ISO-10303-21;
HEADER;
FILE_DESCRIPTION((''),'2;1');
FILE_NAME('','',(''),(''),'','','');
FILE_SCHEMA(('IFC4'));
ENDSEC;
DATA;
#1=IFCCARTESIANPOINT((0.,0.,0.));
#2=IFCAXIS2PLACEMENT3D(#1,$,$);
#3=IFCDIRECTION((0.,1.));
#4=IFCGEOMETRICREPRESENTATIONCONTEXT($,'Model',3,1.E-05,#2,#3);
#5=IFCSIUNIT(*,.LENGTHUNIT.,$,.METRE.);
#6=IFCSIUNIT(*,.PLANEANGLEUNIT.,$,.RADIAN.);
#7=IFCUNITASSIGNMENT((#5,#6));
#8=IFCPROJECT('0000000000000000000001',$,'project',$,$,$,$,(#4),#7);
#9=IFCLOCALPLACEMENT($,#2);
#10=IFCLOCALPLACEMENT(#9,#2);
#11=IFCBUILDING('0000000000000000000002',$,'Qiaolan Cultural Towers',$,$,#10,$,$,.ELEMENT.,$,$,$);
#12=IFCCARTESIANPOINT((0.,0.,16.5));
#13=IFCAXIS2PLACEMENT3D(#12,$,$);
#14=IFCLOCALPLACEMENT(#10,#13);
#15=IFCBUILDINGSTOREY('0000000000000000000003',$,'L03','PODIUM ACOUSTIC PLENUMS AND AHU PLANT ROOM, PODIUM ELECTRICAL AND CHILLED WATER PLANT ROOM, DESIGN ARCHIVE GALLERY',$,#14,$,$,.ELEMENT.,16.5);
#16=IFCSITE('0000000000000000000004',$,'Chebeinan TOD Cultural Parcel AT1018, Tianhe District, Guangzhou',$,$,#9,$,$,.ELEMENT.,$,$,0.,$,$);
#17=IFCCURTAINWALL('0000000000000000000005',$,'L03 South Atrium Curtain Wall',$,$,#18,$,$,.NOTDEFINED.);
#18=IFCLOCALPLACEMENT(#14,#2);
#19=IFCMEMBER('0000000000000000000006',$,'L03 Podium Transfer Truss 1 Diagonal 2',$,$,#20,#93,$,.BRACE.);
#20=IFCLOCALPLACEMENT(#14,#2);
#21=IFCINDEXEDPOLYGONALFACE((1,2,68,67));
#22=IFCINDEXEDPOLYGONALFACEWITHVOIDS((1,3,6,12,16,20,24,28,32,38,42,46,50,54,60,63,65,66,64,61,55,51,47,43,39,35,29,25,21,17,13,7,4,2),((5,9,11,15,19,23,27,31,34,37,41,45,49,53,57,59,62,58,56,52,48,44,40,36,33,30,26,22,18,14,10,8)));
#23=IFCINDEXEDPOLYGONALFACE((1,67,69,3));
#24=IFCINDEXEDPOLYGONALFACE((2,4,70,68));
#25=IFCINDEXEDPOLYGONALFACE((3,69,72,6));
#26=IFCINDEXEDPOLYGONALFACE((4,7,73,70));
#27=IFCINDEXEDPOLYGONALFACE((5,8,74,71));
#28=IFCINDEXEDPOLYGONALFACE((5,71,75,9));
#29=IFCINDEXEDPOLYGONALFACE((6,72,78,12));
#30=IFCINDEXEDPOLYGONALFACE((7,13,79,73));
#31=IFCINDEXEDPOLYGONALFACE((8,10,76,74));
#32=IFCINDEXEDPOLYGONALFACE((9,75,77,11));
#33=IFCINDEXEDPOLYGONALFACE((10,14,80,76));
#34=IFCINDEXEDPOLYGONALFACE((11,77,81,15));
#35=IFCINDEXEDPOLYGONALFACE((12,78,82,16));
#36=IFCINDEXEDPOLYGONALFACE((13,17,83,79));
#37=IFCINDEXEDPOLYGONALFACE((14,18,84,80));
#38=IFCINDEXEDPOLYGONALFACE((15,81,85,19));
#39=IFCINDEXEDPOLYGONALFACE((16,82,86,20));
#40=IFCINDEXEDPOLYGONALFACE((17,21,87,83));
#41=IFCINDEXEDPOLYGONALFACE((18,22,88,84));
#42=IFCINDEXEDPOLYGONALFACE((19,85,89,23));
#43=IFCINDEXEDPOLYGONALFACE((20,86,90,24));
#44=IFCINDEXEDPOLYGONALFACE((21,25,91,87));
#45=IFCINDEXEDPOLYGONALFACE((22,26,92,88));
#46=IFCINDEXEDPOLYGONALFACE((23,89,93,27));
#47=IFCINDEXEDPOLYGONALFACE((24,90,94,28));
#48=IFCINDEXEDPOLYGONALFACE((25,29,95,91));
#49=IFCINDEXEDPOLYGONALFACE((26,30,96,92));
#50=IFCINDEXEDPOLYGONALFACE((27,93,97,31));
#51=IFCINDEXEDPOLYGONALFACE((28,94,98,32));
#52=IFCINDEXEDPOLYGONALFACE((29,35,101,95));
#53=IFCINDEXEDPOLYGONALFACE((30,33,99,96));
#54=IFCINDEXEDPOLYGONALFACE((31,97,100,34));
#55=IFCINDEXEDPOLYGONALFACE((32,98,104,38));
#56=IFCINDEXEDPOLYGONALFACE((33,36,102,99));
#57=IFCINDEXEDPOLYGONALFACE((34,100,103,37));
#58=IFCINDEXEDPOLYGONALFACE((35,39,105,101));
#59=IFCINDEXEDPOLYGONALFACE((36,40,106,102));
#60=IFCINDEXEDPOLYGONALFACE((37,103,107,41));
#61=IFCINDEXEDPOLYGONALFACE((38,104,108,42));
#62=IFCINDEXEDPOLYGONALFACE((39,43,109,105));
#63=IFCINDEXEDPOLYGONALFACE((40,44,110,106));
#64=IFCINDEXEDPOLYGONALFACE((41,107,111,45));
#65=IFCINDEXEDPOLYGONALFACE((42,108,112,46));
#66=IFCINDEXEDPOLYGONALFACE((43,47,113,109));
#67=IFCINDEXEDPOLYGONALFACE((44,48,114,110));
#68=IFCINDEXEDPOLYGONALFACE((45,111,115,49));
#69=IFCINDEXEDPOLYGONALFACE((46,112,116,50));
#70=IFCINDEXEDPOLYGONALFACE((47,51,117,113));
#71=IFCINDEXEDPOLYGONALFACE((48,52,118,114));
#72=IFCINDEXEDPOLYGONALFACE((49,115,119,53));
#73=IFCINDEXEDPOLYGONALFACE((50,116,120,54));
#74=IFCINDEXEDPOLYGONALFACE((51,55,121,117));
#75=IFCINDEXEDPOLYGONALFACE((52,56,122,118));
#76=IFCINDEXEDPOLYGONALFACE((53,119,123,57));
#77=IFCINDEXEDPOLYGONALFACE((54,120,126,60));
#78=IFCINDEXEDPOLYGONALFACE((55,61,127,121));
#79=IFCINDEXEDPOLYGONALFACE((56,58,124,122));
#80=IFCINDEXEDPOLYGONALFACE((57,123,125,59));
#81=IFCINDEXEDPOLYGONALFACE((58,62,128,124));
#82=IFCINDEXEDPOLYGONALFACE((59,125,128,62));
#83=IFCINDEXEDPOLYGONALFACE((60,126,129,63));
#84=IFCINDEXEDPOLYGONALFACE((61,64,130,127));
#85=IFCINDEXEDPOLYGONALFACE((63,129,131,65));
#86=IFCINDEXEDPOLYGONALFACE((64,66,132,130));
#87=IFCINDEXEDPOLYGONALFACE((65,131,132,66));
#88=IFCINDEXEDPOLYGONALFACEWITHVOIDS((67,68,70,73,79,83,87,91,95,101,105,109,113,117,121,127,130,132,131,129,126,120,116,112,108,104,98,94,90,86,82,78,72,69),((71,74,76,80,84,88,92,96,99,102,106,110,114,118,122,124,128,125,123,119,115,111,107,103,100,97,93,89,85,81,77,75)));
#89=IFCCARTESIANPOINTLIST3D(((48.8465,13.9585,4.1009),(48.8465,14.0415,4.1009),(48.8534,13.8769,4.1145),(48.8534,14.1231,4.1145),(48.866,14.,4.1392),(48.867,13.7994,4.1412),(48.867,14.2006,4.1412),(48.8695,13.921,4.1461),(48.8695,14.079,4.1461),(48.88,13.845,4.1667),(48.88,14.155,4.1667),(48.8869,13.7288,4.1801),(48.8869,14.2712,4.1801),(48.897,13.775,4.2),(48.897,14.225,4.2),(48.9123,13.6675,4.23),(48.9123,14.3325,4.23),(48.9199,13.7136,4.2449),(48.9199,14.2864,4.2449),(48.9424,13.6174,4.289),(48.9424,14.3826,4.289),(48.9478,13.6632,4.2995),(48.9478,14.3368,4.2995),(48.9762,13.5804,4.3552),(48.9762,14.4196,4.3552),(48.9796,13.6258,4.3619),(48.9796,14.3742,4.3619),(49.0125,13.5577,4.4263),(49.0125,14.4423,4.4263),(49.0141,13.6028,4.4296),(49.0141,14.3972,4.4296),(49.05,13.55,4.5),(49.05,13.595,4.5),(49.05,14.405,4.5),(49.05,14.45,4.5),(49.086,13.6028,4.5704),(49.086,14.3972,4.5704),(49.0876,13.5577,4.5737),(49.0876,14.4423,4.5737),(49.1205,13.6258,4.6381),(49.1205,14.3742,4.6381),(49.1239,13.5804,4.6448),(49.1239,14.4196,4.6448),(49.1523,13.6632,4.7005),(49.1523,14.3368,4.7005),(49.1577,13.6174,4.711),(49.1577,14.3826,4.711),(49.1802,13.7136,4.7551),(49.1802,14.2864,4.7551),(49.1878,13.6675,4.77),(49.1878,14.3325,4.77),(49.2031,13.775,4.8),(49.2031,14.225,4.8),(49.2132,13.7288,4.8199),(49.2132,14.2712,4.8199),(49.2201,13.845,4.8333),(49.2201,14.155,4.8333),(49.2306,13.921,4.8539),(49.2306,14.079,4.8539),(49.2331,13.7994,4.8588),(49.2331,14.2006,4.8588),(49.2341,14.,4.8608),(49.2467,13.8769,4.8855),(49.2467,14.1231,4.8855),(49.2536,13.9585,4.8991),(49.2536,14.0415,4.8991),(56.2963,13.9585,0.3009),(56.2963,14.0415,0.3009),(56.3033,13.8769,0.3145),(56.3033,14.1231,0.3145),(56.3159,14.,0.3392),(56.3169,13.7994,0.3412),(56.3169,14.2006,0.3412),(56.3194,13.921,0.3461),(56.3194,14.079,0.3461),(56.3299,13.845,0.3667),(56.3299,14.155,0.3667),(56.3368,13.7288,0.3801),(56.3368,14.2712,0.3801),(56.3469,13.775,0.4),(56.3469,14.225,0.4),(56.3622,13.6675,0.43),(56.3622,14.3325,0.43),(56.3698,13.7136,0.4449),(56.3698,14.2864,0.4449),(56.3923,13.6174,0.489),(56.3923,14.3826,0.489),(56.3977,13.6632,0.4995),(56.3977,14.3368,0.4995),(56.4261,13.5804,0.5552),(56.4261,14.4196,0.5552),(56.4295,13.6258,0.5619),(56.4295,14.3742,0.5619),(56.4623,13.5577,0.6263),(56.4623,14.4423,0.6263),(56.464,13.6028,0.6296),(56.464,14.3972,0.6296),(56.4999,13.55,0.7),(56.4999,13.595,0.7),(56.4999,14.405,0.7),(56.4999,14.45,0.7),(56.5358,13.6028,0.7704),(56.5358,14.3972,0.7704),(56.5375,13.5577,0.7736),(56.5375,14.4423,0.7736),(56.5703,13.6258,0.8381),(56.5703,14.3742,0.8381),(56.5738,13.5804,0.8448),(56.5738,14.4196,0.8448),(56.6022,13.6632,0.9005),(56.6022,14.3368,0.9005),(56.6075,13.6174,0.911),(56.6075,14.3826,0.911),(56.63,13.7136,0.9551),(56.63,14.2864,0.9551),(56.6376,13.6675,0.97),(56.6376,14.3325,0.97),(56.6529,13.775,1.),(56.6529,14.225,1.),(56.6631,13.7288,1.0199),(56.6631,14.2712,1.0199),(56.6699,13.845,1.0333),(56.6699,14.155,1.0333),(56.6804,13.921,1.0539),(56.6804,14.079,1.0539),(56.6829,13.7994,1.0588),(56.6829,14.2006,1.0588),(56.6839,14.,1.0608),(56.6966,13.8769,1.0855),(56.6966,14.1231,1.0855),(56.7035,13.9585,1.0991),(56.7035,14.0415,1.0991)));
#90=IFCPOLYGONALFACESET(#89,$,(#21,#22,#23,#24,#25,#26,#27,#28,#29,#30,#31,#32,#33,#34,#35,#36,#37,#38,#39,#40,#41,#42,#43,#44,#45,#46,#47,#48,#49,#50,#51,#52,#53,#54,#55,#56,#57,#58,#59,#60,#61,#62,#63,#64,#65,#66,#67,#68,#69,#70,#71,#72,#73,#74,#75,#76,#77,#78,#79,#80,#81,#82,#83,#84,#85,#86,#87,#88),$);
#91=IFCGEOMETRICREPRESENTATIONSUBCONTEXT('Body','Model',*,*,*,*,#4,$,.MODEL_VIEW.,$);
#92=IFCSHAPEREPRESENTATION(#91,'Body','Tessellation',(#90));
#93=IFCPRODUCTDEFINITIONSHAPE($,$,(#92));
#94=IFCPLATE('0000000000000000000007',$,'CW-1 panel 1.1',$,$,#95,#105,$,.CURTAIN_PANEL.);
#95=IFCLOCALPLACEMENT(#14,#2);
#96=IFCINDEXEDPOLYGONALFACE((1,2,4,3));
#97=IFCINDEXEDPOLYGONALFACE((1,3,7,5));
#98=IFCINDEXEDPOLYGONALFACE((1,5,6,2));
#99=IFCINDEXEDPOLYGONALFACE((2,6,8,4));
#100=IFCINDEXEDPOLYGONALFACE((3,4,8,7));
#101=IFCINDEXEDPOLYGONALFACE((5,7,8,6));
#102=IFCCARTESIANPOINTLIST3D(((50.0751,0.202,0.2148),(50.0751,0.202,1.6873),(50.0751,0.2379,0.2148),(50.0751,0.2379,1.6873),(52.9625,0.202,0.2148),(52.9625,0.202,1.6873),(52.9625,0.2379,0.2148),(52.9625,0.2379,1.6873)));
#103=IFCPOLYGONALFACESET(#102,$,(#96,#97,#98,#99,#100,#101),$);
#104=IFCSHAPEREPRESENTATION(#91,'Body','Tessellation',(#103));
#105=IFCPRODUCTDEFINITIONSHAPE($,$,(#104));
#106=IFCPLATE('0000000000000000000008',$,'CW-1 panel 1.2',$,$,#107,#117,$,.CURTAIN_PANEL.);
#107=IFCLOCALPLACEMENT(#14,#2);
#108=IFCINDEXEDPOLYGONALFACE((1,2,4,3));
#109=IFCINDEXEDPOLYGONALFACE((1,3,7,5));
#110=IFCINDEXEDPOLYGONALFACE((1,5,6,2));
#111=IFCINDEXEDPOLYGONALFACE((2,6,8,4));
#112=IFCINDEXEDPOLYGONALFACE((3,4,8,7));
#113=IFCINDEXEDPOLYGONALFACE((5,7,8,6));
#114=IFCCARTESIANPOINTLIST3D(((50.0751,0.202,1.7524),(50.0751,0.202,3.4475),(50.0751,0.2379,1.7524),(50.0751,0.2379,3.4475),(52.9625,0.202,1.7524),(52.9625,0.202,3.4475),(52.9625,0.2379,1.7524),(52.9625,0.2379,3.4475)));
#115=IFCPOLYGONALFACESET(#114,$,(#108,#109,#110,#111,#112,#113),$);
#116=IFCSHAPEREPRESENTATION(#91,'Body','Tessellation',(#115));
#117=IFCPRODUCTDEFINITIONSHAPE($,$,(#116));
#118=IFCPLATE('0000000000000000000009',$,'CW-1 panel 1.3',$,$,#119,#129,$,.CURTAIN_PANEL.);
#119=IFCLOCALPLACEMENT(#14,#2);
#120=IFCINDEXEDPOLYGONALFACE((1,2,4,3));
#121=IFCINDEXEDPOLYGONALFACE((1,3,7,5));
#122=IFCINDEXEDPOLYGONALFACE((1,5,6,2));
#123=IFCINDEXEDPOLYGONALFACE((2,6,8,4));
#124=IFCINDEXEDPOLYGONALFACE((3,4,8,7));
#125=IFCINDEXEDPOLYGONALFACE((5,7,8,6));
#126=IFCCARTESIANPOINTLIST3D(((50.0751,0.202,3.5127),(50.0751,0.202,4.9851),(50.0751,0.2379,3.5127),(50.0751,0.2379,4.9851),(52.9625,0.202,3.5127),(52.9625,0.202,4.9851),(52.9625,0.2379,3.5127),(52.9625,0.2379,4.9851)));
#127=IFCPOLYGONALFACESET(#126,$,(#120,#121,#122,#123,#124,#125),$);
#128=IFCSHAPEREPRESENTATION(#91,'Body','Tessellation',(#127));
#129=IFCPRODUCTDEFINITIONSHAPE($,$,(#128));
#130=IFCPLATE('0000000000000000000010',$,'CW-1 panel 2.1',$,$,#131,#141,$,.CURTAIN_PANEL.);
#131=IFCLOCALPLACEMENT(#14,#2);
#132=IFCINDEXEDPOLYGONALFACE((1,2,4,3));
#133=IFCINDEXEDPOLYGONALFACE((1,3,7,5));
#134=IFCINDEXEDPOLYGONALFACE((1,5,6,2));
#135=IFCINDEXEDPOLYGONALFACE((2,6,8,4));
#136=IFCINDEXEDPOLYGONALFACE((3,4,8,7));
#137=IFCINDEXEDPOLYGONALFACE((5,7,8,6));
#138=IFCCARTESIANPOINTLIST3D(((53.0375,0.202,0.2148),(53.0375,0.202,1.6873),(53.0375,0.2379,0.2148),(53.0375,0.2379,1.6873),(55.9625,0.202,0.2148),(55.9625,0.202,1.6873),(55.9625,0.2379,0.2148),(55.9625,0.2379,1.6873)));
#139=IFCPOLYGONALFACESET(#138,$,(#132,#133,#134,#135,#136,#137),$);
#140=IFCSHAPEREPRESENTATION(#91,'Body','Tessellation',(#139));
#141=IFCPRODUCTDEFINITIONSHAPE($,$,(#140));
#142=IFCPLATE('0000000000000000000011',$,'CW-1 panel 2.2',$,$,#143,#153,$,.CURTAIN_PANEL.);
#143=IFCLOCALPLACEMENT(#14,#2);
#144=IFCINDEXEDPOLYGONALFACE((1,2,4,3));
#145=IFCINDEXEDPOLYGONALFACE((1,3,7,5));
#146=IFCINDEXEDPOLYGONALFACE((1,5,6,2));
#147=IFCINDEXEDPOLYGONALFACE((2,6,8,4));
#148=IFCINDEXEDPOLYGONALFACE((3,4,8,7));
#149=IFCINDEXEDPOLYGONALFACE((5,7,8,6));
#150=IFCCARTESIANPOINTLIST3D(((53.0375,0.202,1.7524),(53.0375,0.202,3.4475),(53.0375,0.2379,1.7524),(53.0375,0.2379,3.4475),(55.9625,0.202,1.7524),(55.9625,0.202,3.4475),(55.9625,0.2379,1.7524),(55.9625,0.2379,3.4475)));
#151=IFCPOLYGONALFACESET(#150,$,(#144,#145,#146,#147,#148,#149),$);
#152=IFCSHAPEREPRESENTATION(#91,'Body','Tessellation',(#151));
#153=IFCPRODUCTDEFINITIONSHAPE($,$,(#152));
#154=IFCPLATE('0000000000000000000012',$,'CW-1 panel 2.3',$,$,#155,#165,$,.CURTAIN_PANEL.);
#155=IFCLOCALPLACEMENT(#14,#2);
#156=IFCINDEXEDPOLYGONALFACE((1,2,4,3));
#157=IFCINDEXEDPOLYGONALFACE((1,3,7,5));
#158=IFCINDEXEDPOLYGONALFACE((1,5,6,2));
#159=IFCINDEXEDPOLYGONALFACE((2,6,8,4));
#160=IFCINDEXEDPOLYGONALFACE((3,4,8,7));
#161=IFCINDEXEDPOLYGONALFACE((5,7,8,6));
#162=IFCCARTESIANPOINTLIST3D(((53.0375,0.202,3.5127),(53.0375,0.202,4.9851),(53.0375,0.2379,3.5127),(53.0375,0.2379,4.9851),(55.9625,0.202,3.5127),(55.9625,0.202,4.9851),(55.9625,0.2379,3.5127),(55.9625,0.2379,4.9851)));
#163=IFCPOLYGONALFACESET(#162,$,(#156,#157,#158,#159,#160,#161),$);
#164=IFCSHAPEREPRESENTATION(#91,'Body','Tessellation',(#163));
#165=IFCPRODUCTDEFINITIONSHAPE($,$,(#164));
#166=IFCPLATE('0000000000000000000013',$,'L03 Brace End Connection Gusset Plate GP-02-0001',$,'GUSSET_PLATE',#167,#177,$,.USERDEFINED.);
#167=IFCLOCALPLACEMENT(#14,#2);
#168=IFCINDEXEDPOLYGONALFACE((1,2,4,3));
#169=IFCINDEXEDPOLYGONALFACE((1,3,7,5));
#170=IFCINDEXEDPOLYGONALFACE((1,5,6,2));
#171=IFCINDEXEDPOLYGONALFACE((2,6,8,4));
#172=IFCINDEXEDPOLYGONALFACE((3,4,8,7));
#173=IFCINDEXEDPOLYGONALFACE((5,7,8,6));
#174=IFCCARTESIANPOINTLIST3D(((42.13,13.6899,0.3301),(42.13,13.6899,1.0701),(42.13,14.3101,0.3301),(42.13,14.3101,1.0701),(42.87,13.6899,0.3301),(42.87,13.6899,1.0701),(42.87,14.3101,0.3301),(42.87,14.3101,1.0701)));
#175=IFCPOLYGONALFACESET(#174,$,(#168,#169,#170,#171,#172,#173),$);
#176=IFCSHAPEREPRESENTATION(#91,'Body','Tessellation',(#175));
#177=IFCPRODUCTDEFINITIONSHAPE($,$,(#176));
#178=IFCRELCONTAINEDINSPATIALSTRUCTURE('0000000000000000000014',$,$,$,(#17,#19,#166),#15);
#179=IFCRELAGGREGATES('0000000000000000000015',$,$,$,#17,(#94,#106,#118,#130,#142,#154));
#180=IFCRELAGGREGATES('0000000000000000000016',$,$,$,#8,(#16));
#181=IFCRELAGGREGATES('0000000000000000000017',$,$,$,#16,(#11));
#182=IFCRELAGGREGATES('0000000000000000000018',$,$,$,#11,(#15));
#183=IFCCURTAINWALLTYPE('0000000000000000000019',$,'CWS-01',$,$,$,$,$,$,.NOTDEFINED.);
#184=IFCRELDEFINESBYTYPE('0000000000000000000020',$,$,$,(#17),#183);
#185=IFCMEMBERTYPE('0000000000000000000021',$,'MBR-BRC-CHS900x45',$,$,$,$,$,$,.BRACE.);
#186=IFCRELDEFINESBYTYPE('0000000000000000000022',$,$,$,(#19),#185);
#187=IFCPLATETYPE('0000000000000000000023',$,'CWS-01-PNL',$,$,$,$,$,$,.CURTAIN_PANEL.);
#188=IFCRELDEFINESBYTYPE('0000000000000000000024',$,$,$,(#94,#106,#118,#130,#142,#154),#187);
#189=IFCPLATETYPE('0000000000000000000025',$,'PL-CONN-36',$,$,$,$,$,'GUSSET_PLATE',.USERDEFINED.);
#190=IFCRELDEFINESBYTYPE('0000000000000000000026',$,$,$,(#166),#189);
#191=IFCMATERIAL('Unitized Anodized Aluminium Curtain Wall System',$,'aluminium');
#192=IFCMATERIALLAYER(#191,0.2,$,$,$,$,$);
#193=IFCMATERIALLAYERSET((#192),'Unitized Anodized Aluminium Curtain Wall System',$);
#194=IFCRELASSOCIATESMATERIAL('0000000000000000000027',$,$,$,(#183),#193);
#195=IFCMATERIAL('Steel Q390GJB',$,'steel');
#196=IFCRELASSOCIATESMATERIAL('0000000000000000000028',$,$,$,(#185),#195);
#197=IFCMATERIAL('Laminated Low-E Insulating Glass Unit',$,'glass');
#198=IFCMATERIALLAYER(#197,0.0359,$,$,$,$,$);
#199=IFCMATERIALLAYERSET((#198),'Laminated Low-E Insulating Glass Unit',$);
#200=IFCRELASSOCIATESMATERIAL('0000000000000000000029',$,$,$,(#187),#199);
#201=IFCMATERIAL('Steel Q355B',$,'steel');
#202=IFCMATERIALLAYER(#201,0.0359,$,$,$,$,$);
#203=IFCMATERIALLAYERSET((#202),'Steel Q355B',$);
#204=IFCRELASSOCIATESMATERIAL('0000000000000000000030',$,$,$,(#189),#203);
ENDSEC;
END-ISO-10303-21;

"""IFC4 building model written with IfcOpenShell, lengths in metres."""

from ifc_helpers import new_model, si_unit, direction, frame, origin, origin_2d, place, context, subcontext, project, spatial, rectangle, hollow_circle, extrude, material, layer, layer_set, material_profile, profile_set, type_object, element, aggregate, save


model = new_model("IFC4")

# Units and contexts
model_context = context("Model", 3, precision=1e-05, world=origin(), true_north=direction((0.0, 1.0)))
body_context = subcontext(model_context, "Body", "Model", "MODEL_VIEW")
ifc_project = project(units=[si_unit("LENGTHUNIT", "METRE"), si_unit("PLANEANGLEUNIT", "RADIAN")], contexts=[model_context])

# Site, building, storey
site_placement = place(None, origin())
site = spatial("IfcSite", under=ifc_project, at=site_placement, Name="Chebeinan TOD Cultural Parcel AT1018, Tianhe District, Guangzhou", CompositionType="ELEMENT", RefElevation=0.0)
building_placement = place(site_placement, origin())
building = spatial("IfcBuilding", under=site, at=building_placement, Name="Qiaolan Cultural Towers", CompositionType="ELEMENT")
storey_placement = place(building_placement, frame((0.0, 0.0, 16.5)))
storey = spatial("IfcBuildingStorey", under=building, at=storey_placement, Name="L03", Description="PODIUM ACOUSTIC PLENUMS AND AHU PLANT ROOM, PODIUM ELECTRICAL AND CHILLED WATER PLANT ROOM, DESIGN ARCHIVE GALLERY", CompositionType="ELEMENT", Elevation=16.5)

# Curtain wall
ifc_material_1 = material(Name="Unitized Anodized Aluminium Curtain Wall System", Category="aluminium")
ifc_layer_1 = layer(ifc_material_1, 0.2)
ifc_layer_set_1 = layer_set([ifc_layer_1], Name="Unitized Anodized Aluminium Curtain Wall System")
curtain_wall_type = type_object("IfcCurtainWallType", Name="CWS-01", PredefinedType="NOTDEFINED", material=ifc_layer_set_1)
curtain_wall_placement = place(storey_placement, origin())
curtain_wall = element("IfcCurtainWall", 1, at=curtain_wall_placement, inside=storey, type_object=curtain_wall_type, Name="L03 South Atrium Curtain Wall", PredefinedType="NOTDEFINED")

# Member
ifc_material_2 = material(Name="Steel Q390GJB", Category="steel")
ifc_material_profile_1 = material_profile(ifc_material_2, hollow_circle(Radius=0.45, WallThickness=0.0449, at=origin_2d()), Name="CHS900x45")
ifc_profile_set_1 = profile_set([ifc_material_profile_1], Name="Steel Q390GJB")
member_type_1 = type_object("IfcMemberType", Name="MBR-BRC-CHS900x45", PredefinedType="BRACE", material=ifc_profile_set_1)
member_1_placement = place(storey_placement, frame((49.05, 14.0, 4.5), z_axis=(0.890808, 0.0, -0.454381), x_axis=(0.0, 1.0, 0.0)))
element("IfcMember", 2, at=member_1_placement, inside=storey, type_object=member_type_1, Name="L03 Podium Transfer Truss 1 Diagonal 2", PredefinedType="BRACE", context=body_context, shape_type="SweptSolid", body=[
    extrude(hollow_circle(Radius=0.45, WallThickness=0.0449, at=origin_2d()), origin(), (0.0, 0.0, 1.0), 8.363),
])

# Plates
ifc_material_3 = material(Name="Laminated Low-E Insulating Glass Unit", Category="glass")
ifc_layer_2 = layer(ifc_material_3, 0.0359)
ifc_layer_set_2 = layer_set([ifc_layer_2], Name="Laminated Low-E Insulating Glass Unit")
plate_type_1 = type_object("IfcPlateType", Name="CWS-01-PNL", PredefinedType="CURTAIN_PANEL", material=ifc_layer_set_2)
plate_1_placement = place(storey_placement, frame((51.5188, 0.22, 0.2148), z_axis=(0.0, 0.0, 1.0), x_axis=(1.0, 0.0, 0.0)))
plate_1 = element("IfcPlate", 3, at=plate_1_placement, type_object=plate_type_1, Name="CW-1 panel 1.1", PredefinedType="CURTAIN_PANEL", context=body_context, shape_type="SweptSolid", body=[
    extrude(rectangle(XDim=2.8875, YDim=0.0359, at=origin_2d()), origin(), (0.0, 0.0, 1.0), 1.4724),
])
plate_2_placement = place(storey_placement, frame((51.5188, 0.22, 1.7524), z_axis=(0.0, 0.0, 1.0), x_axis=(1.0, 0.0, 0.0)))
plate_2 = element("IfcPlate", 4, at=plate_2_placement, type_object=plate_type_1, Name="CW-1 panel 1.2", PredefinedType="CURTAIN_PANEL", context=body_context, shape_type="SweptSolid", body=[
    extrude(rectangle(XDim=2.8875, YDim=0.0359, at=origin_2d()), origin(), (0.0, 0.0, 1.0), 1.6951),
])
plate_3_placement = place(storey_placement, frame((51.5188, 0.22, 3.5127), z_axis=(0.0, 0.0, 1.0), x_axis=(1.0, 0.0, 0.0)))
plate_3 = element("IfcPlate", 5, at=plate_3_placement, type_object=plate_type_1, Name="CW-1 panel 1.3", PredefinedType="CURTAIN_PANEL", context=body_context, shape_type="SweptSolid", body=[
    extrude(rectangle(XDim=2.8875, YDim=0.0359, at=origin_2d()), origin(), (0.0, 0.0, 1.0), 1.4724),
])
plate_4_placement = place(storey_placement, frame((54.5, 0.22, 0.2148), z_axis=(0.0, 0.0, 1.0), x_axis=(1.0, 0.0, 0.0)))
plate_4 = element("IfcPlate", 6, at=plate_4_placement, type_object=plate_type_1, Name="CW-1 panel 2.1", PredefinedType="CURTAIN_PANEL", context=body_context, shape_type="SweptSolid", body=[
    extrude(rectangle(XDim=2.925, YDim=0.0359, at=origin_2d()), origin(), (0.0, 0.0, 1.0), 1.4724),
])
plate_5_placement = place(storey_placement, frame((54.5, 0.22, 1.7524), z_axis=(0.0, 0.0, 1.0), x_axis=(1.0, 0.0, 0.0)))
plate_5 = element("IfcPlate", 7, at=plate_5_placement, type_object=plate_type_1, Name="CW-1 panel 2.2", PredefinedType="CURTAIN_PANEL", context=body_context, shape_type="SweptSolid", body=[
    extrude(rectangle(XDim=2.925, YDim=0.0359, at=origin_2d()), origin(), (0.0, 0.0, 1.0), 1.6951),
])
plate_6_placement = place(storey_placement, frame((54.5, 0.22, 3.5127), z_axis=(0.0, 0.0, 1.0), x_axis=(1.0, 0.0, 0.0)))
plate_6 = element("IfcPlate", 8, at=plate_6_placement, type_object=plate_type_1, Name="CW-1 panel 2.3", PredefinedType="CURTAIN_PANEL", context=body_context, shape_type="SweptSolid", body=[
    extrude(rectangle(XDim=2.925, YDim=0.0359, at=origin_2d()), origin(), (0.0, 0.0, 1.0), 1.4724),
])
aggregate(curtain_wall, [plate_1, plate_2, plate_3, plate_4, plate_5, plate_6])
ifc_material_4 = material(Name="Steel Q355B", Category="steel")
ifc_layer_3 = layer(ifc_material_4, 0.0359)
ifc_layer_set_3 = layer_set([ifc_layer_3], Name="Steel Q355B")
plate_type_2 = type_object("IfcPlateType", Name="PL-CONN-36", ElementType="GUSSET_PLATE", PredefinedType="USERDEFINED", material=ifc_layer_set_3)
plate_7_placement = place(storey_placement, frame((42.5, 14.0, 0.3301), z_axis=(0.0, 0.0, 1.0), x_axis=(1.0, 0.0, 0.0)))
element("IfcPlate", 9, at=plate_7_placement, inside=storey, type_object=plate_type_2, Name="L03 Brace End Connection Gusset Plate GP-02-0001", ObjectType="GUSSET_PLATE", PredefinedType="USERDEFINED", context=body_context, shape_type="SweptSolid", body=[
    extrude(rectangle(XDim=0.74, YDim=0.6201, at=origin_2d()), origin(), (0.0, 0.0, 1.0), 0.74),
])

save(model, "model.ifc")
